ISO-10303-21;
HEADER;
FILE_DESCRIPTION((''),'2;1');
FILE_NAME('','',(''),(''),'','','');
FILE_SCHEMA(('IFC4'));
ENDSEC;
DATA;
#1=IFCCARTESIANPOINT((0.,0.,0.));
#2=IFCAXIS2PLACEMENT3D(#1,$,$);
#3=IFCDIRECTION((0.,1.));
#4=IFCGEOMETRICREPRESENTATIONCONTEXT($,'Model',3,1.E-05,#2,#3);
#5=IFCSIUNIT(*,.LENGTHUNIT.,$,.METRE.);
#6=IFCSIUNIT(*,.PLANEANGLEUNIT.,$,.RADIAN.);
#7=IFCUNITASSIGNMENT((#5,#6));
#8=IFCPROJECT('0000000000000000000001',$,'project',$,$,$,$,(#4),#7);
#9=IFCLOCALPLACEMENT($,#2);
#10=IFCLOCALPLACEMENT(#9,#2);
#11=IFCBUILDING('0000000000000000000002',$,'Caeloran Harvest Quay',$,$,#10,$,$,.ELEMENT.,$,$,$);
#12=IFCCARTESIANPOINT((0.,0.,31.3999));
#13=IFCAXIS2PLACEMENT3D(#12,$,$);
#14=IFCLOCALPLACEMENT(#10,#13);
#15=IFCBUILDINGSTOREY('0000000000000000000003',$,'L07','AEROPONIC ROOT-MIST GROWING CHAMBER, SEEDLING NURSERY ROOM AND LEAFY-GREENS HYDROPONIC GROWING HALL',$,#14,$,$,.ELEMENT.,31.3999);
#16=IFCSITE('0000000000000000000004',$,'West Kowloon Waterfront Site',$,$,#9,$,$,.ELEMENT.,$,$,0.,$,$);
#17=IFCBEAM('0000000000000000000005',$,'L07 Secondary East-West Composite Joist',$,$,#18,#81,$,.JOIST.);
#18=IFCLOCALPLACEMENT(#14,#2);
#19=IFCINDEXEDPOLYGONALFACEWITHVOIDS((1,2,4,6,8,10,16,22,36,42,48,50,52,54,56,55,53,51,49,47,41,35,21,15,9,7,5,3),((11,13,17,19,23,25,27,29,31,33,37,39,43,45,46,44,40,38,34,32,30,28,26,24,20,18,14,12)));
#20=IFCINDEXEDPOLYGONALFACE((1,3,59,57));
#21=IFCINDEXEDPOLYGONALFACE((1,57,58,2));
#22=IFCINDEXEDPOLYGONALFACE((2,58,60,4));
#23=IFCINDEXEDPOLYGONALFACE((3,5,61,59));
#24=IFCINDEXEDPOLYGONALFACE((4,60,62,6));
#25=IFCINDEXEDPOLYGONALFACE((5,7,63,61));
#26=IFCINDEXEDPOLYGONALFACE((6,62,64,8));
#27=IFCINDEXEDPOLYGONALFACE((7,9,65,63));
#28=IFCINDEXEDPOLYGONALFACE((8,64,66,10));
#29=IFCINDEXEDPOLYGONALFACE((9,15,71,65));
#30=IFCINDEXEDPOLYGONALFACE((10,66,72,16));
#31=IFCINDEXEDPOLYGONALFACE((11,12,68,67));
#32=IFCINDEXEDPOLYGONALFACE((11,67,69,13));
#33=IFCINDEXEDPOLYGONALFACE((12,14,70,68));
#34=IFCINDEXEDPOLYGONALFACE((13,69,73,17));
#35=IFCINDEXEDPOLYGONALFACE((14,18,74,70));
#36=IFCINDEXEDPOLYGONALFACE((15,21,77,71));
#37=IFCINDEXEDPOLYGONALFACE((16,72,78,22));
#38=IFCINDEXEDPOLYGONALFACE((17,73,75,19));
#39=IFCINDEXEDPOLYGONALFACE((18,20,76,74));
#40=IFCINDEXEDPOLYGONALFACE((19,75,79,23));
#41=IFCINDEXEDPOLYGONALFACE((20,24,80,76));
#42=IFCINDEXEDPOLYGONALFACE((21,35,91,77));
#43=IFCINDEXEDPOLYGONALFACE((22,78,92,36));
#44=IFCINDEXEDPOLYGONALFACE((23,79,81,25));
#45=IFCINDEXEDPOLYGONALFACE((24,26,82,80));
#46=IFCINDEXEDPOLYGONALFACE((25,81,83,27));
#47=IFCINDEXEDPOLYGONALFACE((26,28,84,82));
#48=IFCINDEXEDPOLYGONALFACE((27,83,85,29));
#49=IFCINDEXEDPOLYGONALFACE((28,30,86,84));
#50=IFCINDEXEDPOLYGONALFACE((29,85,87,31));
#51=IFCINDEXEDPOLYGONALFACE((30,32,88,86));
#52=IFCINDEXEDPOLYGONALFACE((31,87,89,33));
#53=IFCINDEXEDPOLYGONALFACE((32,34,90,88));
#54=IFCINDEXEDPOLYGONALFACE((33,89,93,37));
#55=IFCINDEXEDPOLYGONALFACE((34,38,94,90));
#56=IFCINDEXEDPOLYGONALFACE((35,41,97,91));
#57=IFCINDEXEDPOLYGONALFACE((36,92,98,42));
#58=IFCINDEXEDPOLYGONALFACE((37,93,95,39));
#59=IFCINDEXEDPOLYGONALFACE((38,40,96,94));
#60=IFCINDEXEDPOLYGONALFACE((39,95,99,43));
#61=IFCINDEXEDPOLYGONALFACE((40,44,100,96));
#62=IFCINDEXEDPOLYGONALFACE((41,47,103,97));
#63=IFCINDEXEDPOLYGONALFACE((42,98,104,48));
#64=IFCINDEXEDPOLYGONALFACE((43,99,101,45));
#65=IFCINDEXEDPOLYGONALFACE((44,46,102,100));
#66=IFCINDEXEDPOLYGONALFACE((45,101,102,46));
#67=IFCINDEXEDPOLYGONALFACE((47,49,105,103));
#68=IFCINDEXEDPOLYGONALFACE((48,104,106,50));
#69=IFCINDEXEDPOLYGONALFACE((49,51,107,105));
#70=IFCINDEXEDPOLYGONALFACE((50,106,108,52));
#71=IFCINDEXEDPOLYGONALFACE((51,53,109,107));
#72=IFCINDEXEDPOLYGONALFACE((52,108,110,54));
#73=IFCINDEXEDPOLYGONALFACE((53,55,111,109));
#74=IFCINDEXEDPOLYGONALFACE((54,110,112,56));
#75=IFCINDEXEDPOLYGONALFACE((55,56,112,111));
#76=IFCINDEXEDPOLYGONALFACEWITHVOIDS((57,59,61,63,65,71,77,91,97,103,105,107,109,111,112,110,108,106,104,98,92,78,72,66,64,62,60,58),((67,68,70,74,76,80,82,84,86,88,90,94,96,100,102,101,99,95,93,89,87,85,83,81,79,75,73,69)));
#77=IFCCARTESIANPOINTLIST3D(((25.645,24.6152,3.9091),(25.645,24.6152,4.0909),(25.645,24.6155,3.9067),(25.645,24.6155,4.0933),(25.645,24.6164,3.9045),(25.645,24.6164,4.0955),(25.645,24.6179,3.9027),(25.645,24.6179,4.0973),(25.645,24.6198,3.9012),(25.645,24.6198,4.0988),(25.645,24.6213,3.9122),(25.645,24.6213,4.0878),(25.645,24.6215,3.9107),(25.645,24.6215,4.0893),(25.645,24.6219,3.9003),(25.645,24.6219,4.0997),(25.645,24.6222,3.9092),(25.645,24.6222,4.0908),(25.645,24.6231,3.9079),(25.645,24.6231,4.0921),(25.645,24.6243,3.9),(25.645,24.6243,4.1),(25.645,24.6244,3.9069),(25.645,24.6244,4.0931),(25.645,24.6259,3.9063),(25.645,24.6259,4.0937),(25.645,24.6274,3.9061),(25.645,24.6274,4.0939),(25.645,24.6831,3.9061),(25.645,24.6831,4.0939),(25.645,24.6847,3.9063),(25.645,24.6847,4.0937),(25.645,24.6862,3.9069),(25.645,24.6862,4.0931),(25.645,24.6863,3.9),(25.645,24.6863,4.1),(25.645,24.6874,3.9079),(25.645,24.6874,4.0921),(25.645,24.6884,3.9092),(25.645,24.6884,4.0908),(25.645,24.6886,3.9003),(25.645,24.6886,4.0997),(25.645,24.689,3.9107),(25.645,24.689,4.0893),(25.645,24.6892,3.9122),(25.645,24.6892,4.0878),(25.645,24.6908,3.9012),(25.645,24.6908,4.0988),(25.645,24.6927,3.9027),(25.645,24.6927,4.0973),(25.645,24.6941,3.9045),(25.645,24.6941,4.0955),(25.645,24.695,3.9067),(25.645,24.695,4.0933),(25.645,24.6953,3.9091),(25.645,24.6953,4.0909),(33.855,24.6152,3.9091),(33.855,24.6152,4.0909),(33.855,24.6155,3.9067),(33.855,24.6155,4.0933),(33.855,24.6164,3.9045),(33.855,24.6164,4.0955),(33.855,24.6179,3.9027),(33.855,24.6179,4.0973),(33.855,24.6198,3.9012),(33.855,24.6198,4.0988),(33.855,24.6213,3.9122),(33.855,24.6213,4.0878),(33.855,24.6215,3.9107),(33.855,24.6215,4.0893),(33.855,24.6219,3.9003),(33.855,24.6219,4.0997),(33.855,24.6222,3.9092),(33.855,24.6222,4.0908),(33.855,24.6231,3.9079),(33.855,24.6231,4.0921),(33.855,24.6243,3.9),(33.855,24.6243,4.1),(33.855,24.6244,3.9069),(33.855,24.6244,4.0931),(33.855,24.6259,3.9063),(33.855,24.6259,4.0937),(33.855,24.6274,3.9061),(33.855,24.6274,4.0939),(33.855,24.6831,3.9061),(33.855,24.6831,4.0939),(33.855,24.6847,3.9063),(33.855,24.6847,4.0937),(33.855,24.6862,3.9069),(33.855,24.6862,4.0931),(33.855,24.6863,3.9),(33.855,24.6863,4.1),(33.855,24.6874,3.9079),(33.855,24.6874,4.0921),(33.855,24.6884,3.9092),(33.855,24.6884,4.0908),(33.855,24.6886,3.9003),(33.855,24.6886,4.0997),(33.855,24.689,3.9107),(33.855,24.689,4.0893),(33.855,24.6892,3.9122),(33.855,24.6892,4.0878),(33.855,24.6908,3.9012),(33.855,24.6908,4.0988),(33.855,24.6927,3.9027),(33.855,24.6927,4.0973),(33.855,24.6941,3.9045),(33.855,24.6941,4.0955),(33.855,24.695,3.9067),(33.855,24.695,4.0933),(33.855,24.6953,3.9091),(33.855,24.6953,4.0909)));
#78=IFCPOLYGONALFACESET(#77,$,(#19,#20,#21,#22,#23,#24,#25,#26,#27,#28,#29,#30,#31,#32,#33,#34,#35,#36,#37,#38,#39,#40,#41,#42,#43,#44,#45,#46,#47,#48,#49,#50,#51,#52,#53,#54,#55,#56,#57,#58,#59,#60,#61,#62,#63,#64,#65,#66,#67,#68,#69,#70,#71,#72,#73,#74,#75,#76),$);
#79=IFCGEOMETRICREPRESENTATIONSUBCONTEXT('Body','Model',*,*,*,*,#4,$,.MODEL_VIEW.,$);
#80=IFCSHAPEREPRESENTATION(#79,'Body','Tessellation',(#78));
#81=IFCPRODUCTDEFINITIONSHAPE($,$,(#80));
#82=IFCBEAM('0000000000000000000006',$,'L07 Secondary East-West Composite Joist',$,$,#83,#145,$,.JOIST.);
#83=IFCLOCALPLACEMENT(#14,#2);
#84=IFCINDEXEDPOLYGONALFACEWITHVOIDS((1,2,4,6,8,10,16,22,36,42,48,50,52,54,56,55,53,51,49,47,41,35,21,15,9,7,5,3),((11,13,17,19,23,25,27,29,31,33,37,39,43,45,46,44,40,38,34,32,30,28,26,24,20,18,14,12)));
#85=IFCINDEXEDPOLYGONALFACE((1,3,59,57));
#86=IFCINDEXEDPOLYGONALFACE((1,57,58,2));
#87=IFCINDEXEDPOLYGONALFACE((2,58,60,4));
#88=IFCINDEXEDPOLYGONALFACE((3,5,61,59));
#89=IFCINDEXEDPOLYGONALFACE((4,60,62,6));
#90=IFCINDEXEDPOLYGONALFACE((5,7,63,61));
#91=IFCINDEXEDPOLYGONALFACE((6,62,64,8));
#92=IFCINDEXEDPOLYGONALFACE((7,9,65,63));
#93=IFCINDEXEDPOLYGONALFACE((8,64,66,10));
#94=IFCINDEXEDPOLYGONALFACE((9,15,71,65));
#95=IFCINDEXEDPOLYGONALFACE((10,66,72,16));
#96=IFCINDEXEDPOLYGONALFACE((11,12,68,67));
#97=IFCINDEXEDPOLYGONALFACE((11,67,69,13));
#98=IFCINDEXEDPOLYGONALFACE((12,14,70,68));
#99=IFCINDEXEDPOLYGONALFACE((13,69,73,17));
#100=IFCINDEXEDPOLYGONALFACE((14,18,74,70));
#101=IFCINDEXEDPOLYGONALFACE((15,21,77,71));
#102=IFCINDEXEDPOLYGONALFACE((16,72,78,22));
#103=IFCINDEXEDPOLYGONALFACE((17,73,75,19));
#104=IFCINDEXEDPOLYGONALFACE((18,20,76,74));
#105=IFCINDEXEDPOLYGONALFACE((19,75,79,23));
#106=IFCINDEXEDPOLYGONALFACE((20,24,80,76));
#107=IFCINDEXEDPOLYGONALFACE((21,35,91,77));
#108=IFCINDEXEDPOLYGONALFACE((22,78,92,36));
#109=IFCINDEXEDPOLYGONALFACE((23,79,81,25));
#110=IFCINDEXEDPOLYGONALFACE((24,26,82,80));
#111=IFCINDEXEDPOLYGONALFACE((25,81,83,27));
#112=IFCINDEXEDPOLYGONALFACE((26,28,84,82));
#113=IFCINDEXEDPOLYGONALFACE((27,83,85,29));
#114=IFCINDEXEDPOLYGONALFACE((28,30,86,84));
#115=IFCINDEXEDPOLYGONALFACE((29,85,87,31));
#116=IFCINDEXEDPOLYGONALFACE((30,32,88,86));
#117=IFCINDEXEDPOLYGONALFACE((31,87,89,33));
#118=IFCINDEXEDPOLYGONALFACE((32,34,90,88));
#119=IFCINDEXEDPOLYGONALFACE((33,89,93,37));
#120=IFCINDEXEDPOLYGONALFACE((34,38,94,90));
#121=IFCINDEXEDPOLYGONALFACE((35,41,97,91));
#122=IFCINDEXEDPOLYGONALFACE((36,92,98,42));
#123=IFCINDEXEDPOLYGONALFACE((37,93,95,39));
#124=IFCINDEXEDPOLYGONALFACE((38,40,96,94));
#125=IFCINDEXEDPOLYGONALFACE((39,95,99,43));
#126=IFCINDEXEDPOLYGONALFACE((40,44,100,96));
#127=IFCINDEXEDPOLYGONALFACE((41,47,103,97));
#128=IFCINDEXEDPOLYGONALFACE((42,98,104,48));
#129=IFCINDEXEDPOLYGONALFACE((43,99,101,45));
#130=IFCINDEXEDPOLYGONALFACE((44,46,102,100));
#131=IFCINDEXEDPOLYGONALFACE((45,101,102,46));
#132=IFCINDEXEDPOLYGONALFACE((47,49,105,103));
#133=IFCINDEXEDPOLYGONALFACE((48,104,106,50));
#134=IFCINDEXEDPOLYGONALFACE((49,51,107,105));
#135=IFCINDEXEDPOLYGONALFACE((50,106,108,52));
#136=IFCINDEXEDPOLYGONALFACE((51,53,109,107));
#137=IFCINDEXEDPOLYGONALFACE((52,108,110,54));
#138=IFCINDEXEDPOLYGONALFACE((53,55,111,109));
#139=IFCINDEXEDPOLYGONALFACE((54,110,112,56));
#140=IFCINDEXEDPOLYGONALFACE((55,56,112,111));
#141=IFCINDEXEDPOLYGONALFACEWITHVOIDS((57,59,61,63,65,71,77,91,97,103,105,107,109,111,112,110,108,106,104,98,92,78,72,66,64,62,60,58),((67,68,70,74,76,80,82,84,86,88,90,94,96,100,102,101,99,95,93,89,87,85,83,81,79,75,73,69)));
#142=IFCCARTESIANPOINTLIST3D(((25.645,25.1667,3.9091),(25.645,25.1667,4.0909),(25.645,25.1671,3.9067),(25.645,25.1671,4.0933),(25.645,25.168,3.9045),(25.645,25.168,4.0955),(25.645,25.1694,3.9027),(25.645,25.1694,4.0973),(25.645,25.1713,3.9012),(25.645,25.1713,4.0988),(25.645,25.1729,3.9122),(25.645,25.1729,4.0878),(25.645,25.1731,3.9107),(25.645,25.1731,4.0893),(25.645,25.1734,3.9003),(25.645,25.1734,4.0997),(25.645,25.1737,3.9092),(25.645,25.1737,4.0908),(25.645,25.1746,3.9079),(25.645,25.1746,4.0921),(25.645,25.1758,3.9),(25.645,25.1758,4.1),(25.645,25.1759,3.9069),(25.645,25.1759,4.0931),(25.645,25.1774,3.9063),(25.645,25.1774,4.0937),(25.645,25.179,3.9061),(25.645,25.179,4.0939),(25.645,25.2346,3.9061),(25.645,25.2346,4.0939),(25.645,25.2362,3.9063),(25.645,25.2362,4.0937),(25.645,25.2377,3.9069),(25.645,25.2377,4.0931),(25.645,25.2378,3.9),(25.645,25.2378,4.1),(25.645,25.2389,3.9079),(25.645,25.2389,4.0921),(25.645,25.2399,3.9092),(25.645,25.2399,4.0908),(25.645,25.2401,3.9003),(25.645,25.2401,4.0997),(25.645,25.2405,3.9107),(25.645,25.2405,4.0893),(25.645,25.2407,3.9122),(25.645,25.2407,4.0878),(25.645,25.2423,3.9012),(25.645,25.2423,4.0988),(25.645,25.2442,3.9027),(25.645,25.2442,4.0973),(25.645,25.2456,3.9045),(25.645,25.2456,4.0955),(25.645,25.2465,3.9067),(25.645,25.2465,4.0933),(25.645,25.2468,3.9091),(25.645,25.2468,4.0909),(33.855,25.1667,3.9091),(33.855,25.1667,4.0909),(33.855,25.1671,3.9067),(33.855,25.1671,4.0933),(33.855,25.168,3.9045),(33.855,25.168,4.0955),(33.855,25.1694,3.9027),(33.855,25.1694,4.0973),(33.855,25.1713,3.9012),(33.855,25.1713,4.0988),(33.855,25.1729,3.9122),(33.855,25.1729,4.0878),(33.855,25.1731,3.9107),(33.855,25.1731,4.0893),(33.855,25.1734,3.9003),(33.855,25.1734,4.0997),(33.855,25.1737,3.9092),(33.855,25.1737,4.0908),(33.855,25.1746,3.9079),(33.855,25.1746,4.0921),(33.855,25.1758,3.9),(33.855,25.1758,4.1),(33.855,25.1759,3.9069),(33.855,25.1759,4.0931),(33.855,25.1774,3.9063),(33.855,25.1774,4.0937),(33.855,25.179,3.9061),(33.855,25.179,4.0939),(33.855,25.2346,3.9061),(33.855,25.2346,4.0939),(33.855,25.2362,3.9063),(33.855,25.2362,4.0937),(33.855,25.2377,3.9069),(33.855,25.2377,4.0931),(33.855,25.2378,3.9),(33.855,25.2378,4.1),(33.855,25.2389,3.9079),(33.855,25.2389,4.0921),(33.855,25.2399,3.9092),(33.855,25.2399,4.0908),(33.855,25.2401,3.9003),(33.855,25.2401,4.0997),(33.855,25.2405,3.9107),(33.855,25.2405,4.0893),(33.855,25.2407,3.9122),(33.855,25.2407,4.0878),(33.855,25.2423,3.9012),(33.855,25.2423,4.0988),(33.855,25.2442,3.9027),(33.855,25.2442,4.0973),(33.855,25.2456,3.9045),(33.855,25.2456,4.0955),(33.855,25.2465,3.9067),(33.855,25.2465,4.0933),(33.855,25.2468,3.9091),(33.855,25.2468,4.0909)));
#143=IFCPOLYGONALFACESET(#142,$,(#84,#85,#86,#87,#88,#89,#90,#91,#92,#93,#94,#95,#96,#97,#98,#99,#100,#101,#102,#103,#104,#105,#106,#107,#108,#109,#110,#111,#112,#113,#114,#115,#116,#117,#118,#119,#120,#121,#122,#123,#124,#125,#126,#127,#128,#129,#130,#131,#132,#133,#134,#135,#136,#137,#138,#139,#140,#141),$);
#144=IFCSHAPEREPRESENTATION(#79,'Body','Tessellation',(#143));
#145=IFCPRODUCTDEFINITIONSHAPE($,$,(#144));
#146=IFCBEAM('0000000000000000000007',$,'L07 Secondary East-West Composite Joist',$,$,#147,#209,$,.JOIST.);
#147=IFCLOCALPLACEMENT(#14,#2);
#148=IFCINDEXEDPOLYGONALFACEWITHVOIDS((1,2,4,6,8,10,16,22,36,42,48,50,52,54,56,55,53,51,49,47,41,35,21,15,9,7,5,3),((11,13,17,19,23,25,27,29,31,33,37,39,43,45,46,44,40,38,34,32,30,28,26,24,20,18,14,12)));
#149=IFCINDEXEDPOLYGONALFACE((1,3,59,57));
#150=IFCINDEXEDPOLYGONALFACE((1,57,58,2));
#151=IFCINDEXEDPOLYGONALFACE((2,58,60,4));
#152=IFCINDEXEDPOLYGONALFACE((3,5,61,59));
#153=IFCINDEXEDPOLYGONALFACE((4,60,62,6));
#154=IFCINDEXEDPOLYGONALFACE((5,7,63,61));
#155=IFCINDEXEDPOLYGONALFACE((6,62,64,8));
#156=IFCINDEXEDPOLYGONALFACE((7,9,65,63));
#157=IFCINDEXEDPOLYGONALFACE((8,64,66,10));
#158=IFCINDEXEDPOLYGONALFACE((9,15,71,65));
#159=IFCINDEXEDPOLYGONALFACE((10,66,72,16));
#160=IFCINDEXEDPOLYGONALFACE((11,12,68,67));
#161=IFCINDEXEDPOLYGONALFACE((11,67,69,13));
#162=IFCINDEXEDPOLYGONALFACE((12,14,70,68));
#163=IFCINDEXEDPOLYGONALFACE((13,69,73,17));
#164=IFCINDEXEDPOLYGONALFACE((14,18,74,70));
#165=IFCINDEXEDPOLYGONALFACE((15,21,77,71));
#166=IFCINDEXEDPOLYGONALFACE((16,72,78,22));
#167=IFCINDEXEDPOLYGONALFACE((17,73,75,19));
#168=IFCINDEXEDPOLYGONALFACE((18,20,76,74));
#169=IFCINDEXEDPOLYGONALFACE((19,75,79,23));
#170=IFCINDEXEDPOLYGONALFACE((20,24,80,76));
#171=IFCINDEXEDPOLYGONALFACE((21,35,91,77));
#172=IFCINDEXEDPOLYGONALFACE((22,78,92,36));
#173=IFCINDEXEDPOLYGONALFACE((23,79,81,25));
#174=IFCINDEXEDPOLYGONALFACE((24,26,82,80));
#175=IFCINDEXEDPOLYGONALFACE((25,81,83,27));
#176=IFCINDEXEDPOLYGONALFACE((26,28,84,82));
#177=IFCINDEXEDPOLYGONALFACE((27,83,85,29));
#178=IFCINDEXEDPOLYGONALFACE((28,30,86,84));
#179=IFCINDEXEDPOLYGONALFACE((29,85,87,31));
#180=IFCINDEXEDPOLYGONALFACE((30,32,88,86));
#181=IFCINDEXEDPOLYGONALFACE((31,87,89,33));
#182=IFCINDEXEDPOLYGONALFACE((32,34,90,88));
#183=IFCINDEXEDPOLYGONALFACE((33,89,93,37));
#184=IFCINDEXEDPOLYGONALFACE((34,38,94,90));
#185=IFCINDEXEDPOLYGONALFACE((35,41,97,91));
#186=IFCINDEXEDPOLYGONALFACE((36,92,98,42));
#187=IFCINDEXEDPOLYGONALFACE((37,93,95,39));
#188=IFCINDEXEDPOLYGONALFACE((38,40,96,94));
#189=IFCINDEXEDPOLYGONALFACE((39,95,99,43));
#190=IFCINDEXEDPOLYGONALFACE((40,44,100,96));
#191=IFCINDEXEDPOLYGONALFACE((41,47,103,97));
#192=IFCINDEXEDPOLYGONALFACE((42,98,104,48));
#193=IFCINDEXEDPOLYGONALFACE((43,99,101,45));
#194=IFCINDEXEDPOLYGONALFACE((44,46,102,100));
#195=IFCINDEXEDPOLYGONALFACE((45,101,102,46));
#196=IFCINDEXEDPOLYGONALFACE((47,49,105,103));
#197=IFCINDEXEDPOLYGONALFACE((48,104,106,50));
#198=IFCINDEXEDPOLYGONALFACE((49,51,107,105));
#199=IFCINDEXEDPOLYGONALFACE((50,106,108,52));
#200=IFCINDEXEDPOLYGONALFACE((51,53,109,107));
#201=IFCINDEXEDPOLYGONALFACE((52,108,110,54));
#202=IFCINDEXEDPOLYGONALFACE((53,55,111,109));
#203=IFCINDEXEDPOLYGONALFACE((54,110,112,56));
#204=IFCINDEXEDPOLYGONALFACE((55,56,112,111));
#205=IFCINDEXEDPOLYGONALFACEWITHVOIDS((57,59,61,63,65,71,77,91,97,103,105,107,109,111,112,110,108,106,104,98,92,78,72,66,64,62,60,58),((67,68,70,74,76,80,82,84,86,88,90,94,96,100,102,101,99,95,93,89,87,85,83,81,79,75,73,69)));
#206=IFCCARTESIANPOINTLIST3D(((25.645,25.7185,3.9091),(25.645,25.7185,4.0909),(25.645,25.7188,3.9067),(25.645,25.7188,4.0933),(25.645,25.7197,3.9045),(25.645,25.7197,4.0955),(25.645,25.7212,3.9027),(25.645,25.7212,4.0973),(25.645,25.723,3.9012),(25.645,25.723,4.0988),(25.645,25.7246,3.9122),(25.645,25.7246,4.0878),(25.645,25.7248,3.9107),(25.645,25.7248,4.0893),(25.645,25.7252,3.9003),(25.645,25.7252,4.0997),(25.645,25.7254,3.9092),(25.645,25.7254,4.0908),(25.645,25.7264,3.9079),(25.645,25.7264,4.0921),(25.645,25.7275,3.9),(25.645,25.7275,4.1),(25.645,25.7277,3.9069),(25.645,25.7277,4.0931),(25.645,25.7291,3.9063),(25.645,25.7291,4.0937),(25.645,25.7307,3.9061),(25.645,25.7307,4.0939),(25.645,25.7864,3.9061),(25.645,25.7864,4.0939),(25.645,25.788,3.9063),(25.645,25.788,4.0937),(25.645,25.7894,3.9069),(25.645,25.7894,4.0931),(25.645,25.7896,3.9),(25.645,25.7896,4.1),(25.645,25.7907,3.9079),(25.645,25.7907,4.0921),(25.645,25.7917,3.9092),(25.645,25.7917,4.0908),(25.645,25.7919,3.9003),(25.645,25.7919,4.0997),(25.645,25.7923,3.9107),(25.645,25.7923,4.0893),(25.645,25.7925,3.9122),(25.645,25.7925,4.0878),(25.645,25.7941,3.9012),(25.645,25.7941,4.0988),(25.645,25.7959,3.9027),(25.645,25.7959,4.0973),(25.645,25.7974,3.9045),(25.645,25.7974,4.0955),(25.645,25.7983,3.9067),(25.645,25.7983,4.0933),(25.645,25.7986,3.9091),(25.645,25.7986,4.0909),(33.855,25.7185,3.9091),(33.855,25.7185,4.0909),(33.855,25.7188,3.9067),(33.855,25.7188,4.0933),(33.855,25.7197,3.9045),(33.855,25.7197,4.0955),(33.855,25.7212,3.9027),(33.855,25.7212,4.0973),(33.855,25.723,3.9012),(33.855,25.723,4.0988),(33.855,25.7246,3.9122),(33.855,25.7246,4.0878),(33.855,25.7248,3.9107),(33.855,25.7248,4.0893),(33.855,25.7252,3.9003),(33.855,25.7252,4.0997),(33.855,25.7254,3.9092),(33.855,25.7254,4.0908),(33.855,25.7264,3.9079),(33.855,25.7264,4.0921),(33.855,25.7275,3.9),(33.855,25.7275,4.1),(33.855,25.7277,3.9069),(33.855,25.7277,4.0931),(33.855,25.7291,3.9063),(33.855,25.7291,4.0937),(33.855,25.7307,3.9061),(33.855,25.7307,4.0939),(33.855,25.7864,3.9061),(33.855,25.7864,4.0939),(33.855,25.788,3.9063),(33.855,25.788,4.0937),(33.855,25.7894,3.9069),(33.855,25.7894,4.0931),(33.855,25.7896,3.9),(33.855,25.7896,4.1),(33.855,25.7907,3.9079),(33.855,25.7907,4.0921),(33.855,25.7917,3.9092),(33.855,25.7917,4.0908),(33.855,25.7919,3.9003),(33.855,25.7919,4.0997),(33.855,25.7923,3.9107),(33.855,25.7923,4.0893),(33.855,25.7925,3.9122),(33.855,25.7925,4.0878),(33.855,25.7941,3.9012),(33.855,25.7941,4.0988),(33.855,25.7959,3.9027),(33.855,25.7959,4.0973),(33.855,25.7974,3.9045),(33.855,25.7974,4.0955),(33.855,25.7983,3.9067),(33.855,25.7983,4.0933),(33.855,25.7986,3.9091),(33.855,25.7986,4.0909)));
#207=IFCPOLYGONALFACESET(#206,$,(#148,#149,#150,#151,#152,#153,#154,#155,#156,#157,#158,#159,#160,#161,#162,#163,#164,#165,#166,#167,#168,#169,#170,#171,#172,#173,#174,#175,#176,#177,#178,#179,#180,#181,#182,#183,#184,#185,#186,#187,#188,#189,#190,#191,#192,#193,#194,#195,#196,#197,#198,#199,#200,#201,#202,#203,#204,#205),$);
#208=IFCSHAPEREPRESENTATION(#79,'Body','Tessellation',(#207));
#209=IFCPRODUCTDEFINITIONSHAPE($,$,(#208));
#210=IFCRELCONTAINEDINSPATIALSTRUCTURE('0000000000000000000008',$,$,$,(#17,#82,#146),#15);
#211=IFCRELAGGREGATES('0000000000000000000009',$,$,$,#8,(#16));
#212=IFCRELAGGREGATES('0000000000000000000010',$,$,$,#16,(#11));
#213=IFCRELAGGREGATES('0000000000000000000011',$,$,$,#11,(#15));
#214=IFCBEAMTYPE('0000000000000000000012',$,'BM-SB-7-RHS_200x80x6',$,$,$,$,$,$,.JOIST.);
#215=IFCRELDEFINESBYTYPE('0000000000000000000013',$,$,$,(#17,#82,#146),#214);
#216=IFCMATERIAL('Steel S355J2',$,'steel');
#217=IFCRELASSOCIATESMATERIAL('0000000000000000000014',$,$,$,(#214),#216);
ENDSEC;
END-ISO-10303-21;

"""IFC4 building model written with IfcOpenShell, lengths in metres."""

from ifc_helpers import new_model, si_unit, direction, frame, origin, origin_2d, place, context, subcontext, project, spatial, hollow_rectangle, extrude, material, material_profile, profile_set, type_object, element, save


model = new_model("IFC4")

# Units and contexts
model_context = context("Model", 3, precision=1e-05, world=origin(), true_north=direction((0.0, 1.0)))
body_context = subcontext(model_context, "Body", "Model", "MODEL_VIEW")
ifc_project = project(units=[si_unit("LENGTHUNIT", "METRE"), si_unit("PLANEANGLEUNIT", "RADIAN")], contexts=[model_context])

# Site, building, storey
site_placement = place(None, origin())
site = spatial("IfcSite", under=ifc_project, at=site_placement, Name="West Kowloon Waterfront Site", CompositionType="ELEMENT", RefElevation=0.0)
building_placement = place(site_placement, origin())
building = spatial("IfcBuilding", under=site, at=building_placement, Name="Caeloran Harvest Quay", CompositionType="ELEMENT")
storey_placement = place(building_placement, frame((0.0, 0.0, 31.3999)))
storey = spatial("IfcBuildingStorey", under=building, at=storey_placement, Name="L07", Description="AEROPONIC ROOT-MIST GROWING CHAMBER, SEEDLING NURSERY ROOM AND LEAFY-GREENS HYDROPONIC GROWING HALL", CompositionType="ELEMENT", Elevation=31.3999)

# Beams
ifc_material_1 = material(Name="Steel S355J2", Category="steel")
ifc_material_profile_1 = material_profile(ifc_material_1, hollow_rectangle(XDim=0.0801, YDim=0.2, WallThickness=0.0061, InnerFilletRadius=0.0061, OuterFilletRadius=0.009, at=origin_2d()), Name="RHS 200x80x6")
ifc_profile_set_1 = profile_set([ifc_material_profile_1], Name="Steel S355J2")
beam_type_1 = type_object("IfcBeamType", Name="BM-SB-7-RHS_200x80x6", PredefinedType="JOIST", material=ifc_profile_set_1)
for number, where, z_axis, x_axis, name in (
    (1, (25.645, 24.6553, 4.0), (1.0, 0.0, 0.0), (0.0, 1.0, 0.0), "L07 Secondary East-West Composite Joist"),
    (2, (25.645, 25.2068, 4.0), (1.0, 0.0, 0.0), (0.0, 1.0, 0.0), "L07 Secondary East-West Composite Joist"),
    (3, (25.645, 25.7585, 4.0), (1.0, 0.0, 0.0), (0.0, 1.0, 0.0), "L07 Secondary East-West Composite Joist"),
):
    element("IfcBeam", number, at=place(storey_placement, frame(where, z_axis=z_axis, x_axis=x_axis)), inside=storey, type_object=beam_type_1, Name=name, PredefinedType="JOIST", context=body_context, shape_type="SweptSolid", body=[
        extrude(hollow_rectangle(XDim=0.0801, YDim=0.2, WallThickness=0.0061, InnerFilletRadius=0.0061, OuterFilletRadius=0.009, at=origin_2d()), origin(), (0.0, 0.0, 1.0), 8.21),
    ])

save(model, "model.ifc")
